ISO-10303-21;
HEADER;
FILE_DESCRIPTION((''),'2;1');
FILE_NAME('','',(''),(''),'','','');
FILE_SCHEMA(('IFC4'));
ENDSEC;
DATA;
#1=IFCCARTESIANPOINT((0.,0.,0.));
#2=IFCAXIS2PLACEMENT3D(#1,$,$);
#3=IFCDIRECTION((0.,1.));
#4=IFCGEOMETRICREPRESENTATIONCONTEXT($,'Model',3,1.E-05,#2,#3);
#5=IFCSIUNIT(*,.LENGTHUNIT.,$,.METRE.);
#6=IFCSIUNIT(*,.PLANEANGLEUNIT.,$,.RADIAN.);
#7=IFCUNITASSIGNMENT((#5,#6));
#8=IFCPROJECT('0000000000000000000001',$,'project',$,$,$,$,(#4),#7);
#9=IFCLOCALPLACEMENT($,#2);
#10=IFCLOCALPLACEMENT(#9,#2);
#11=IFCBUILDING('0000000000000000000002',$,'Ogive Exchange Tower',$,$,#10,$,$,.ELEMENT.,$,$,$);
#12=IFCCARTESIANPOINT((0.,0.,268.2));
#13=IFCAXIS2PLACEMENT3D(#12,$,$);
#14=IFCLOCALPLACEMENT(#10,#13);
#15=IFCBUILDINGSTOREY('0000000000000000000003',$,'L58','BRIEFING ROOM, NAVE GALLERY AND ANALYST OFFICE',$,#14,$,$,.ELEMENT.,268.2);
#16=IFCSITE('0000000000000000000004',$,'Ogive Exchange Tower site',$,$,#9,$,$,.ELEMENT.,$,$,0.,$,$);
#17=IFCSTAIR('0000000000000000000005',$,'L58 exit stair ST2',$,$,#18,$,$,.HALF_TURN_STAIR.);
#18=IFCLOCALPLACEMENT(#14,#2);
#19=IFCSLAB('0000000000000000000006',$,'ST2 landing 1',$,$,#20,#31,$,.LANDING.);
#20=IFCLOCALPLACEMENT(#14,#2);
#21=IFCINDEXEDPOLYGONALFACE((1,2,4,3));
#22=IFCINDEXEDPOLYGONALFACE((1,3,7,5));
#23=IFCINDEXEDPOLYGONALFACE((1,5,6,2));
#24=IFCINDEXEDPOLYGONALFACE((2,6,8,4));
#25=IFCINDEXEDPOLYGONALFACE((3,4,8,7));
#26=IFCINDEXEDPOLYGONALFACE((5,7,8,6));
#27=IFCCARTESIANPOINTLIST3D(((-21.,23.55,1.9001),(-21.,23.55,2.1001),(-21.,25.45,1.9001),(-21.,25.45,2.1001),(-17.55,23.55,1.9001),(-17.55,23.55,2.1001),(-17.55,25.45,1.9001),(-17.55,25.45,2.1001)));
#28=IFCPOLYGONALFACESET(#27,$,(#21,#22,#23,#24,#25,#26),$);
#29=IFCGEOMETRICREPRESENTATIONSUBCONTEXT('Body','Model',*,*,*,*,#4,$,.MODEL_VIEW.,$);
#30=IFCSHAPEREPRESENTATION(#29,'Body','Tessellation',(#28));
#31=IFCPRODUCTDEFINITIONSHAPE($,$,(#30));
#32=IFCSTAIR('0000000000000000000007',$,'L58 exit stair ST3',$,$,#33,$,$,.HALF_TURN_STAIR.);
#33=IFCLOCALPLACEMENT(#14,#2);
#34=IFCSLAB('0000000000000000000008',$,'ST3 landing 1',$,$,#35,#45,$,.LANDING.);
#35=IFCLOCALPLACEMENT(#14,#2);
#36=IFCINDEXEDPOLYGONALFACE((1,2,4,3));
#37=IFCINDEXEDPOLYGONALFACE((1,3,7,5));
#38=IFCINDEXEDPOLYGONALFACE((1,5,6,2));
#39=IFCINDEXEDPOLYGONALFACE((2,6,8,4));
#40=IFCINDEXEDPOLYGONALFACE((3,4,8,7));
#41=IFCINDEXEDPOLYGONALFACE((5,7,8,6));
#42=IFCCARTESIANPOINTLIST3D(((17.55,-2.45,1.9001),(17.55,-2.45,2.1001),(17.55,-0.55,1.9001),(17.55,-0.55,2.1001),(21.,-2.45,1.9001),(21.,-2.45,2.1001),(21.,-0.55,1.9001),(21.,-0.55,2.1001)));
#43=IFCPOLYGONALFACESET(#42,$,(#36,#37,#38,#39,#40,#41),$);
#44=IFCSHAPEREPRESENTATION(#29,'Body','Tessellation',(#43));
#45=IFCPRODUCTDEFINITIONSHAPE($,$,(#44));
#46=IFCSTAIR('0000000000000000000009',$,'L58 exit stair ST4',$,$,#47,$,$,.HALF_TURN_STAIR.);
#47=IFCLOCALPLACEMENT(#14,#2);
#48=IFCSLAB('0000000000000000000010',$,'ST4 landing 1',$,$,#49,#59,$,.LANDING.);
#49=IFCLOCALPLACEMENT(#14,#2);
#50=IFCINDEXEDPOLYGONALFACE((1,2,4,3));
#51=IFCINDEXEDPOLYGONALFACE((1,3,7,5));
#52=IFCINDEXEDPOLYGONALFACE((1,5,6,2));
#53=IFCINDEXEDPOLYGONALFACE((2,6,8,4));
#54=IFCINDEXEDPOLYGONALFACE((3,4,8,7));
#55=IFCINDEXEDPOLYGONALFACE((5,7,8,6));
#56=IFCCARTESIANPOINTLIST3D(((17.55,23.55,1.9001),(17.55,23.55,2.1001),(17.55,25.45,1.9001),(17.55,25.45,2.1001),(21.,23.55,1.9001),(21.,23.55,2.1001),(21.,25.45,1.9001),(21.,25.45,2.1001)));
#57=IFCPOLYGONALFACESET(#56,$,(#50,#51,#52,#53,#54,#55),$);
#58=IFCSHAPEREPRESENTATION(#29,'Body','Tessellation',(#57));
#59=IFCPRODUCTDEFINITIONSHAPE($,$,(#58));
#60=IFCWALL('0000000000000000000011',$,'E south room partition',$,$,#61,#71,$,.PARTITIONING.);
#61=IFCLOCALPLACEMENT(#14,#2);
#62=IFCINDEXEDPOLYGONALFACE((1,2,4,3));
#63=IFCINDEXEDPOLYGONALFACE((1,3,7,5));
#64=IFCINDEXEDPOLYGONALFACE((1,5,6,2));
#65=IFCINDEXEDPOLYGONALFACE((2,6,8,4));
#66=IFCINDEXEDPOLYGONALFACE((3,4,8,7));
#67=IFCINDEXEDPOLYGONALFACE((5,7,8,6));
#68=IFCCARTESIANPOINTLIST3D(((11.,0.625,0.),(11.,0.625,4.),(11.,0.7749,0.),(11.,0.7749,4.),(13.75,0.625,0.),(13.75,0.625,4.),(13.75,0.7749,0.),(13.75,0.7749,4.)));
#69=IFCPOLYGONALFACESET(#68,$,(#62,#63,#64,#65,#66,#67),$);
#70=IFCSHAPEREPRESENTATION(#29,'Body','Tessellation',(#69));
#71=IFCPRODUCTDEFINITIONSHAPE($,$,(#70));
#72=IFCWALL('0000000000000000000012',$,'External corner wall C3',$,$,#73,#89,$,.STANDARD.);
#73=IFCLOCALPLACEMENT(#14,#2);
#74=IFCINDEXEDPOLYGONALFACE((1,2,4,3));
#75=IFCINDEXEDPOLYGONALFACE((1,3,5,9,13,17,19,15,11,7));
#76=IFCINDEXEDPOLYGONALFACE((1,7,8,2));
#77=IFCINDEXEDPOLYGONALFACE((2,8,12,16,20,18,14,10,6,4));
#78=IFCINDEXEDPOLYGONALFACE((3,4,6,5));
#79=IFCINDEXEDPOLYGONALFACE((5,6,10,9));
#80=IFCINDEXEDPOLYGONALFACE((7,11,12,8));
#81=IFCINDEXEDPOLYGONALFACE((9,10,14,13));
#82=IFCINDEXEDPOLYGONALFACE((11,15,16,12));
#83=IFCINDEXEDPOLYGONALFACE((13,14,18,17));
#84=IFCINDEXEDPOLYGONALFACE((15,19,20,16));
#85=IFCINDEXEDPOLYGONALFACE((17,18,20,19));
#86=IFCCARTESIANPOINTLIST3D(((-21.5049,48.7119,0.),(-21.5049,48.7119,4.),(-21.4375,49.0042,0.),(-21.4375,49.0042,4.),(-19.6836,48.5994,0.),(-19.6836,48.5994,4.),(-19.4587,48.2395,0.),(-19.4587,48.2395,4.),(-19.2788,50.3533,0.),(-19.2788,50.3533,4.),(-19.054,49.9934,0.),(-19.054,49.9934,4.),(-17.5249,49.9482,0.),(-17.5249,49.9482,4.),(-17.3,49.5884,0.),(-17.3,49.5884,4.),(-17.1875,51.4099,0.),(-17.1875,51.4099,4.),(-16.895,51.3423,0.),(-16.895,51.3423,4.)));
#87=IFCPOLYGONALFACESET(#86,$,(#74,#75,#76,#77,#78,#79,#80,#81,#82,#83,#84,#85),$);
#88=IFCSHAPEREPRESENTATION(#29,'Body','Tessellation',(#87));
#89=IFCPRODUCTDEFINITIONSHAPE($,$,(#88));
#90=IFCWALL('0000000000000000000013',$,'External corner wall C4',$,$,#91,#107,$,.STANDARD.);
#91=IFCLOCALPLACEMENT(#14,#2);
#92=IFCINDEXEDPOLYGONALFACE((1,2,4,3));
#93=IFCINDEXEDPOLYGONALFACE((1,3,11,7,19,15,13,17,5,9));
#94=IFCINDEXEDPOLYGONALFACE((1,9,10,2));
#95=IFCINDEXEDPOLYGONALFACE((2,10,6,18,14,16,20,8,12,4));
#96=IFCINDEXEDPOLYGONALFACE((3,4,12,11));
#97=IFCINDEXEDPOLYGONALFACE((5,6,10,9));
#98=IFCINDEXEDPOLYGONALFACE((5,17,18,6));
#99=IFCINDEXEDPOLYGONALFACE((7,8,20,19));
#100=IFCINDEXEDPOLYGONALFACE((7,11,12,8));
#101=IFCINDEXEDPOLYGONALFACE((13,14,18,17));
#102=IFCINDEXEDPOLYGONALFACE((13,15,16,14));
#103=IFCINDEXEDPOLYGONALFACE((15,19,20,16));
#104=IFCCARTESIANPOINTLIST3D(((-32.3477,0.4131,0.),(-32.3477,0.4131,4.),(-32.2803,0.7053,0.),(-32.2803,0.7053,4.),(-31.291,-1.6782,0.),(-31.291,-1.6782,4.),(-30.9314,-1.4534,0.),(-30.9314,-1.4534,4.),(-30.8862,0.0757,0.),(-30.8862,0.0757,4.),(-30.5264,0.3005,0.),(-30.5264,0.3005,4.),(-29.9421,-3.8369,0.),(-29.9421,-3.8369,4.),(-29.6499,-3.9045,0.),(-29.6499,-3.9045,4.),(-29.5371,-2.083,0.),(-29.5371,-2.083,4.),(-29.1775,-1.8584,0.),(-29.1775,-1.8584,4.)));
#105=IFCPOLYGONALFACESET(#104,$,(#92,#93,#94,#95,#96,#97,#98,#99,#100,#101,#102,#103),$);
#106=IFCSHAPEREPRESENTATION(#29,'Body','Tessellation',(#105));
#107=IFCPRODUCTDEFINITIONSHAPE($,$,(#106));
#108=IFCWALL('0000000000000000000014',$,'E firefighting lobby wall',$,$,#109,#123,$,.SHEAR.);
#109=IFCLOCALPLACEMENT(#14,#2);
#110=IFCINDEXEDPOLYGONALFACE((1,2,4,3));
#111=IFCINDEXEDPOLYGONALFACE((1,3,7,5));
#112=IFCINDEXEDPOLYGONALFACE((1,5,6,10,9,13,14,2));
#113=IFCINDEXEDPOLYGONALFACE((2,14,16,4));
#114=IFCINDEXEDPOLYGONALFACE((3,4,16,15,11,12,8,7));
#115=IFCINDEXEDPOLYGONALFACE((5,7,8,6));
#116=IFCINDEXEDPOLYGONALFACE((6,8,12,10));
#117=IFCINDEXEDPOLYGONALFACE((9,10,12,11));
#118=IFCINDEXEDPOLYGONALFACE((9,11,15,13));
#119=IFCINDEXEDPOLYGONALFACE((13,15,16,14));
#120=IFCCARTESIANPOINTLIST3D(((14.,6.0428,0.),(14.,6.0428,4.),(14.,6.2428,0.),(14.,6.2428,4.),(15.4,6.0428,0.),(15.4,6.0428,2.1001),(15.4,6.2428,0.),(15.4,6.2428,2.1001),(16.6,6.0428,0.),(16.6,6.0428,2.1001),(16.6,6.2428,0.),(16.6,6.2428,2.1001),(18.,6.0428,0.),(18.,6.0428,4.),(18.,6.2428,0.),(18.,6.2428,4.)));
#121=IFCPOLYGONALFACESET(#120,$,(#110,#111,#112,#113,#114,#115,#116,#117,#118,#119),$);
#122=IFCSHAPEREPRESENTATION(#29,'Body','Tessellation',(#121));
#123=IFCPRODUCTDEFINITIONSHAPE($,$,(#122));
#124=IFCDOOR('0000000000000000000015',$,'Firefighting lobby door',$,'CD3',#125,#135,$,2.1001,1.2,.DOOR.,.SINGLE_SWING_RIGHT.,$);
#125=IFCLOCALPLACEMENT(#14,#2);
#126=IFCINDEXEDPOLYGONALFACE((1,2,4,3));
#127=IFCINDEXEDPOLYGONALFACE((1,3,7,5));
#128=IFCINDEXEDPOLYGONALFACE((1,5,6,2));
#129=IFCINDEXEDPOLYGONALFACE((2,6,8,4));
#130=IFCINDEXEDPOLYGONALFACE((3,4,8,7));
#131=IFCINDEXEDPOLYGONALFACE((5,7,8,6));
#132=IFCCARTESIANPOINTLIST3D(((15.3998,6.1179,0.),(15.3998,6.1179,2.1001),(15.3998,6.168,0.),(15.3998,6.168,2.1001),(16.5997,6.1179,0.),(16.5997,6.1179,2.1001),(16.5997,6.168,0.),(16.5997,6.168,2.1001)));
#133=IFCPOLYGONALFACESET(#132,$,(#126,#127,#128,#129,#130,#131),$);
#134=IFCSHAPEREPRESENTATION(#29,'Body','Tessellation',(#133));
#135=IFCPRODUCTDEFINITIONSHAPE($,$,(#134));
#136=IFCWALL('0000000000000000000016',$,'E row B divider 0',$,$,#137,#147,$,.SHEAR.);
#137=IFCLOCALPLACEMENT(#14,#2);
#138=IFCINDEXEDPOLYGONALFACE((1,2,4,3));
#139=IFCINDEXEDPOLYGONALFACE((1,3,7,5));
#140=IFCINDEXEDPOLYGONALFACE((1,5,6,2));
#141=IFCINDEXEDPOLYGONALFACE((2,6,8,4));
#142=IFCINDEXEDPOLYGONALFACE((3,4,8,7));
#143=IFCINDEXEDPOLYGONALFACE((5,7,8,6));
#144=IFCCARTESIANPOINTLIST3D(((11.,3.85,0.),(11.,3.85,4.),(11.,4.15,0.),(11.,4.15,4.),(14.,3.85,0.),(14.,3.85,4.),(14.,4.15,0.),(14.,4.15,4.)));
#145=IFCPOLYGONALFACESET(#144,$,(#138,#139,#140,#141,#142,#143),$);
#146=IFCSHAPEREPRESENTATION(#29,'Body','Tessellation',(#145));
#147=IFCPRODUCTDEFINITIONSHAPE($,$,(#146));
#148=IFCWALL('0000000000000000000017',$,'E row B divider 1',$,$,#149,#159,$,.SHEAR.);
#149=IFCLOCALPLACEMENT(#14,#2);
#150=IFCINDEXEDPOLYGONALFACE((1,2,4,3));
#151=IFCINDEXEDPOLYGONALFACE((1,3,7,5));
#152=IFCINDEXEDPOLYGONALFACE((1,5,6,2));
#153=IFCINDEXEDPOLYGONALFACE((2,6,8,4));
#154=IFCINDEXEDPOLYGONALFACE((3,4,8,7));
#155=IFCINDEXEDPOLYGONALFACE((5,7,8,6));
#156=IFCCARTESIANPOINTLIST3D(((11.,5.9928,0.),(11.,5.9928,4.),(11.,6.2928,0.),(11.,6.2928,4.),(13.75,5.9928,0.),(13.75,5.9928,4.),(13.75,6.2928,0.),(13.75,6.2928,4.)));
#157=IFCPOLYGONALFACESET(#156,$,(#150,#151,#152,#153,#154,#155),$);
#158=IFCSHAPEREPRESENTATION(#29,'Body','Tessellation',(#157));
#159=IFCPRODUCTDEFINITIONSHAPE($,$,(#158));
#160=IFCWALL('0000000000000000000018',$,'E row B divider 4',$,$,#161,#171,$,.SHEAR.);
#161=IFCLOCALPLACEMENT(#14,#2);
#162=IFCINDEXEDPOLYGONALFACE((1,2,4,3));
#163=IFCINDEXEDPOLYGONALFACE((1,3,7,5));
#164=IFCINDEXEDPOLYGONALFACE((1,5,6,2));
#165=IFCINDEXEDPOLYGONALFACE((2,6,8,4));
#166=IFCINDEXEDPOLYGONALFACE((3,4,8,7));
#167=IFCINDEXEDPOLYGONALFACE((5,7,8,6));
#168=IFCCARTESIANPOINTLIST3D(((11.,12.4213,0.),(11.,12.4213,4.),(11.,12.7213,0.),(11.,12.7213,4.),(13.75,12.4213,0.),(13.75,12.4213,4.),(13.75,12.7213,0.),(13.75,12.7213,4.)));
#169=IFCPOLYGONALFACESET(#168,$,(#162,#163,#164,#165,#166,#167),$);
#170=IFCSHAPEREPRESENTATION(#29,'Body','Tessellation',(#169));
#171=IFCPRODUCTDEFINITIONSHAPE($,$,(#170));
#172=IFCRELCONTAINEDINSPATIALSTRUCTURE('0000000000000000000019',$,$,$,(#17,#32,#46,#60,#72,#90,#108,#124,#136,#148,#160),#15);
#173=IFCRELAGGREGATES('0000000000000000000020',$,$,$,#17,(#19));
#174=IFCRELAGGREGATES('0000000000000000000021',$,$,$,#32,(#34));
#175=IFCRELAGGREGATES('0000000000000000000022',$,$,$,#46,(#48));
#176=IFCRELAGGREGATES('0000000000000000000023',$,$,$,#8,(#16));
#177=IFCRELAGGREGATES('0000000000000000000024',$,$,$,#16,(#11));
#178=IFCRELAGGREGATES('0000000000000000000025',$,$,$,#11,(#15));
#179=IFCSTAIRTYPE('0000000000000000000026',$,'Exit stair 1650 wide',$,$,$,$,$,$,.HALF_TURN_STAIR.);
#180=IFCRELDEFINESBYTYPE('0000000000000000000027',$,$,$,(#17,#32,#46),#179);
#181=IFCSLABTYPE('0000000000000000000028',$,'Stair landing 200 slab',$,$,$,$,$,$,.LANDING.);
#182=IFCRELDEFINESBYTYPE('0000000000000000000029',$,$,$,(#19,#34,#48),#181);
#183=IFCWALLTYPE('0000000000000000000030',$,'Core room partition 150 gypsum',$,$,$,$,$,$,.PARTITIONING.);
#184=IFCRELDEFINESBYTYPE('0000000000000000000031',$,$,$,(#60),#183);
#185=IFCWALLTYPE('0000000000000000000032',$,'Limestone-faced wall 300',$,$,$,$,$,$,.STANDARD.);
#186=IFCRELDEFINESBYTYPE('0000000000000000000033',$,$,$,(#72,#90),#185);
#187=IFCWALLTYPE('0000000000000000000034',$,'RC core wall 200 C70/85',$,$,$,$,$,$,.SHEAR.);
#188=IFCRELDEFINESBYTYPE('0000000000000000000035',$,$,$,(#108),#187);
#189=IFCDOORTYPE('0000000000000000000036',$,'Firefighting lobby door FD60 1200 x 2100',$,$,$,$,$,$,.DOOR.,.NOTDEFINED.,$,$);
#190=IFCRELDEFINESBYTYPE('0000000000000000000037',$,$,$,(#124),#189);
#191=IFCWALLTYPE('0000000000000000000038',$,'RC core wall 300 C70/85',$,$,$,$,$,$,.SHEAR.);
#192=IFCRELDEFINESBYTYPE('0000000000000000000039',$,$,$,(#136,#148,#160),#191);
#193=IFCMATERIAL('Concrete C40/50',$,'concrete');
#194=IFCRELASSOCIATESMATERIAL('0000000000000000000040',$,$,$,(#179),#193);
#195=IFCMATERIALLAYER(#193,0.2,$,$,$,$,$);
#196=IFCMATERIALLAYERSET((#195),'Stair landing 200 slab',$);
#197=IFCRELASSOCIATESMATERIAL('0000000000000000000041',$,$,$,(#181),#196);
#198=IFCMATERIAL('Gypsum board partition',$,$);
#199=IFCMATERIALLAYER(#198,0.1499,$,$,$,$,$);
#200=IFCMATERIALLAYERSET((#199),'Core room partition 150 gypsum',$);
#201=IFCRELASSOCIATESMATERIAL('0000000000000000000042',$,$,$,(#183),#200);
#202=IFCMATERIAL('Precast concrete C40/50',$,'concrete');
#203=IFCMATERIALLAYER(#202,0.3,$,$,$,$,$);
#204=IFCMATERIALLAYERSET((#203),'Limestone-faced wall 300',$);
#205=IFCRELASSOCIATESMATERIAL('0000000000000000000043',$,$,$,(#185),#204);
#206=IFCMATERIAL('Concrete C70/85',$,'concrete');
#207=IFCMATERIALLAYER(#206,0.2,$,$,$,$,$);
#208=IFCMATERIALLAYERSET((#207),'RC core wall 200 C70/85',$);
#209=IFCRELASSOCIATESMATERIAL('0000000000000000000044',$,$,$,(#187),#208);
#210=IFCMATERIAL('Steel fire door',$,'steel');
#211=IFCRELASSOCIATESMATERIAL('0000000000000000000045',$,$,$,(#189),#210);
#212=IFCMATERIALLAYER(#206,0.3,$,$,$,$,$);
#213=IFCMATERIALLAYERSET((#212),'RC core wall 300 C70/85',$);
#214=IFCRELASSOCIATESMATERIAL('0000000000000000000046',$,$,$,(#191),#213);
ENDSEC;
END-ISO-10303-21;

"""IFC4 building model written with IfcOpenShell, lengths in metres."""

from ifc_helpers import new_model, si_unit, direction, frame, frame_2d, origin, place, context, subcontext, project, spatial, polyline, rectangle, outline, extrude, material, layer, layer_set, type_object, element, fill, aggregate, save


model = new_model("IFC4")

# Units and contexts
model_context = context("Model", 3, precision=1e-05, world=origin(), true_north=direction((0.0, 1.0)))
body_context = subcontext(model_context, "Body", "Model", "MODEL_VIEW")
ifc_project = project(units=[si_unit("LENGTHUNIT", "METRE"), si_unit("PLANEANGLEUNIT", "RADIAN")], contexts=[model_context])

# Site, building, storey
site_placement = place(None, origin())
site = spatial("IfcSite", under=ifc_project, at=site_placement, Name="Ogive Exchange Tower site", CompositionType="ELEMENT", RefElevation=0.0)
building_placement = place(site_placement, origin())
building = spatial("IfcBuilding", under=site, at=building_placement, Name="Ogive Exchange Tower", CompositionType="ELEMENT")
storey_placement = place(building_placement, frame((0.0, 0.0, 268.2)))
storey = spatial("IfcBuildingStorey", under=building, at=storey_placement, Name="L58", Description="BRIEFING ROOM, NAVE GALLERY AND ANALYST OFFICE", CompositionType="ELEMENT", Elevation=268.2)

# Shared definitions
ifc_material_1 = material(Name="Concrete C70/85", Category="concrete")

# Stairs, slabs
ifc_material_2 = material(Name="Concrete C40/50", Category="concrete")
stair_type = type_object("IfcStairType", Name="Exit stair 1650 wide", PredefinedType="HALF_TURN_STAIR", material=ifc_material_2)
ifc_layer_1 = layer(ifc_material_2, 0.2)
ifc_layer_set_1 = layer_set([ifc_layer_1], Name="Stair landing 200 slab")
slab_type_1 = type_object("IfcSlabType", Name="Stair landing 200 slab", PredefinedType="LANDING", material=ifc_layer_set_1)
stair_1_placement = place(storey_placement, origin())
stair_1 = element("IfcStair", 1, at=stair_1_placement, inside=storey, type_object=stair_type, Name="L58 exit stair ST2", PredefinedType="HALF_TURN_STAIR")
slab_1_placement = place(storey_placement, frame((0.0, 0.0, 1.9001)))
slab_1 = element("IfcSlab", 2, at=slab_1_placement, type_object=slab_type_1, Name="ST2 landing 1", PredefinedType="LANDING", context=body_context, shape_type="SweptSolid", body=[
    extrude(outline(polyline([(-17.55, 23.55), (-17.55, 25.45), (-21.0, 25.45), (-21.0, 23.55), (-17.55, 23.55)])), origin(), (0.0, 0.0, 1.0), 0.2),
])
aggregate(stair_1, [slab_1])
stair_2_placement = place(storey_placement, origin())
stair_2 = element("IfcStair", 3, at=stair_2_placement, inside=storey, type_object=stair_type, Name="L58 exit stair ST3", PredefinedType="HALF_TURN_STAIR")
slab_2_placement = place(storey_placement, frame((0.0, 0.0, 1.9001)))
slab_2 = element("IfcSlab", 4, at=slab_2_placement, type_object=slab_type_1, Name="ST3 landing 1", PredefinedType="LANDING", context=body_context, shape_type="SweptSolid", body=[
    extrude(outline(polyline([(17.55, -0.55), (17.55, -2.45), (21.0, -2.45), (21.0, -0.55), (17.55, -0.55)])), origin(), (0.0, 0.0, 1.0), 0.2),
])
aggregate(stair_2, [slab_2])
stair_3_placement = place(storey_placement, origin())
stair_3 = element("IfcStair", 5, at=stair_3_placement, inside=storey, type_object=stair_type, Name="L58 exit stair ST4", PredefinedType="HALF_TURN_STAIR")
slab_3_placement = place(storey_placement, frame((0.0, 0.0, 1.9001)))
slab_3 = element("IfcSlab", 6, at=slab_3_placement, type_object=slab_type_1, Name="ST4 landing 1", PredefinedType="LANDING", context=body_context, shape_type="SweptSolid", body=[
    extrude(outline(polyline([(21.0, 23.55), (21.0, 25.45), (17.55, 25.45), (17.55, 23.55), (21.0, 23.55)])), origin(), (0.0, 0.0, 1.0), 0.2),
])
aggregate(stair_3, [slab_3])

# Walls
ifc_material_3 = material(Name="Gypsum board partition")
ifc_layer_2 = layer(ifc_material_3, 0.1499)
ifc_layer_set_2 = layer_set([ifc_layer_2], Name="Core room partition 150 gypsum")
wall_type_1 = type_object("IfcWallType", Name="Core room partition 150 gypsum", PredefinedType="PARTITIONING", material=ifc_layer_set_2)
wall_1_placement = place(storey_placement, frame((11.0, 0.7, 0.0), z_axis=(0.0, 0.0, 1.0), x_axis=(1.0, 0.0, 0.0)))
element("IfcWall", 7, at=wall_1_placement, inside=storey, type_object=wall_type_1, Name="E south room partition", PredefinedType="PARTITIONING", context=body_context, shape_type="SweptSolid", body=[
    extrude(rectangle(XDim=2.75, YDim=0.1499, at=frame_2d((1.375, 0.0))), origin(), (0.0, 0.0, 1.0), 4.0),
])
ifc_material_4 = material(Name="Precast concrete C40/50", Category="concrete")
ifc_layer_3 = layer(ifc_material_4, 0.3)
ifc_layer_set_3 = layer_set([ifc_layer_3], Name="Limestone-faced wall 300")
wall_type_2 = type_object("IfcWallType", Name="Limestone-faced wall 300", PredefinedType="STANDARD", material=ifc_layer_set_3)
wall_2_placement = place(storey_placement, origin())
element("IfcWall", 8, at=wall_2_placement, inside=storey, type_object=wall_type_2, Name="External corner wall C3", PredefinedType="STANDARD", context=body_context, shape_type="SweptSolid", body=[
    extrude(outline(polyline([(-21.5049, 48.7119), (-21.4375, 49.0042), (-19.6836, 48.5994), (-19.2788, 50.3533), (-17.5249, 49.9482), (-17.1875, 51.4099), (-16.895, 51.3423), (-17.3, 49.5884), (-19.054, 49.9934), (-19.4587, 48.2395), (-21.5049, 48.7119)])), origin(), (0.0, 0.0, 1.0), 4.0),
])
wall_3_placement = place(storey_placement, origin())
element("IfcWall", 9, at=wall_3_placement, inside=storey, type_object=wall_type_2, Name="External corner wall C4", PredefinedType="STANDARD", context=body_context, shape_type="SweptSolid", body=[
    extrude(outline(polyline([(-31.291, -1.6782), (-30.8862, 0.0757), (-32.3477, 0.4131), (-32.2803, 0.7053), (-30.5264, 0.3005), (-30.9314, -1.4534), (-29.1775, -1.8584), (-29.6499, -3.9045), (-29.9421, -3.8369), (-29.5371, -2.083), (-31.291, -1.6782)])), origin(), (0.0, 0.0, 1.0), 4.0),
])

# Wall, opening, door
ifc_layer_4 = layer(ifc_material_1, 0.2)
ifc_layer_set_4 = layer_set([ifc_layer_4], Name="RC core wall 200 C70/85")
wall_type_3 = type_object("IfcWallType", Name="RC core wall 200 C70/85", PredefinedType="SHEAR", material=ifc_layer_set_4)
wall_4_placement = place(storey_placement, frame((14.0, 6.1428, 0.0), z_axis=(0.0, 0.0, 1.0), x_axis=(1.0, 0.0, 0.0)))
wall_4 = element("IfcWall", 10, at=wall_4_placement, inside=storey, type_object=wall_type_3, Name="E firefighting lobby wall", PredefinedType="SHEAR", context=body_context, shape_type="SweptSolid", body=[
    extrude(rectangle(XDim=4.0, YDim=0.2, at=frame_2d((2.0, 0.0))), origin(), (0.0, 0.0, 1.0), 4.0),
])
opening_placement = place(wall_4_placement, frame((1.3999, 0.0, 0.0)))
opening = element("IfcOpeningElement", 11, at=opening_placement, cuts=wall_4, PredefinedType="OPENING", context=body_context, shape_type="SweptSolid", body=[
    extrude(rectangle(XDim=1.2, YDim=2.1001, at=frame_2d((0.6001, 1.05))), frame((0.0, 0.1099, 0.0), z_axis=(0.0, -1.0, 0.0), x_axis=(1.0, 0.0, 0.0)), (0.0, 0.0, 1.0), 0.22),
])
ifc_material_5 = material(Name="Steel fire door", Category="steel")
door_type = type_object("IfcDoorType", Name="Firefighting lobby door FD60 1200 x 2100", OperationType="NOTDEFINED", PredefinedType="DOOR", material=ifc_material_5)
door_placement = place(opening_placement, frame((1.2, 0.0, 0.0), z_axis=(0.0, 0.0, 1.0), x_axis=(-1.0, 0.0, 0.0)))
door = element("IfcDoor", 12, at=door_placement, inside=storey, type_object=door_type, Name="Firefighting lobby door", ObjectType="CD3", OperationType="SINGLE_SWING_RIGHT", OverallHeight=2.1001, OverallWidth=1.2, PredefinedType="DOOR", context=body_context, shape_type="SweptSolid", body=[
    extrude(rectangle(XDim=1.2, YDim=2.1001, at=frame_2d((0.6001, 1.05))), frame((0.0, 0.0249, 0.0), z_axis=(0.0, -1.0, 0.0), x_axis=(1.0, 0.0, 0.0)), (0.0, 0.0, 1.0), 0.05),
])
fill(opening, door)

# Walls
ifc_layer_5 = layer(ifc_material_1, 0.3)
ifc_layer_set_5 = layer_set([ifc_layer_5], Name="RC core wall 300 C70/85")
wall_type_4 = type_object("IfcWallType", Name="RC core wall 300 C70/85", PredefinedType="SHEAR", material=ifc_layer_set_5)
wall_5_placement = place(storey_placement, frame((11.0, 4.0, 0.0), z_axis=(0.0, 0.0, 1.0), x_axis=(1.0, 0.0, 0.0)))
element("IfcWall", 13, at=wall_5_placement, inside=storey, type_object=wall_type_4, Name="E row B divider 0", PredefinedType="SHEAR", context=body_context, shape_type="SweptSolid", body=[
    extrude(rectangle(XDim=3.0, YDim=0.3, at=frame_2d((1.5, 0.0))), origin(), (0.0, 0.0, 1.0), 4.0),
])
for number, where, z_axis, x_axis, name in (
    (14, (11.0, 6.1428, 0.0), (0.0, 0.0, 1.0), (1.0, 0.0, 0.0), "E row B divider 1"),
    (15, (11.0, 12.5713, 0.0), (0.0, 0.0, 1.0), (1.0, 0.0, 0.0), "E row B divider 4"),
):
    element("IfcWall", number, at=place(storey_placement, frame(where, z_axis=z_axis, x_axis=x_axis)), inside=storey, type_object=wall_type_4, Name=name, PredefinedType="SHEAR", context=body_context, shape_type="SweptSolid", body=[
        extrude(rectangle(XDim=2.75, YDim=0.3, at=frame_2d((1.375, 0.0))), origin(), (0.0, 0.0, 1.0), 4.0),
    ])

save(model, "model.ifc")
